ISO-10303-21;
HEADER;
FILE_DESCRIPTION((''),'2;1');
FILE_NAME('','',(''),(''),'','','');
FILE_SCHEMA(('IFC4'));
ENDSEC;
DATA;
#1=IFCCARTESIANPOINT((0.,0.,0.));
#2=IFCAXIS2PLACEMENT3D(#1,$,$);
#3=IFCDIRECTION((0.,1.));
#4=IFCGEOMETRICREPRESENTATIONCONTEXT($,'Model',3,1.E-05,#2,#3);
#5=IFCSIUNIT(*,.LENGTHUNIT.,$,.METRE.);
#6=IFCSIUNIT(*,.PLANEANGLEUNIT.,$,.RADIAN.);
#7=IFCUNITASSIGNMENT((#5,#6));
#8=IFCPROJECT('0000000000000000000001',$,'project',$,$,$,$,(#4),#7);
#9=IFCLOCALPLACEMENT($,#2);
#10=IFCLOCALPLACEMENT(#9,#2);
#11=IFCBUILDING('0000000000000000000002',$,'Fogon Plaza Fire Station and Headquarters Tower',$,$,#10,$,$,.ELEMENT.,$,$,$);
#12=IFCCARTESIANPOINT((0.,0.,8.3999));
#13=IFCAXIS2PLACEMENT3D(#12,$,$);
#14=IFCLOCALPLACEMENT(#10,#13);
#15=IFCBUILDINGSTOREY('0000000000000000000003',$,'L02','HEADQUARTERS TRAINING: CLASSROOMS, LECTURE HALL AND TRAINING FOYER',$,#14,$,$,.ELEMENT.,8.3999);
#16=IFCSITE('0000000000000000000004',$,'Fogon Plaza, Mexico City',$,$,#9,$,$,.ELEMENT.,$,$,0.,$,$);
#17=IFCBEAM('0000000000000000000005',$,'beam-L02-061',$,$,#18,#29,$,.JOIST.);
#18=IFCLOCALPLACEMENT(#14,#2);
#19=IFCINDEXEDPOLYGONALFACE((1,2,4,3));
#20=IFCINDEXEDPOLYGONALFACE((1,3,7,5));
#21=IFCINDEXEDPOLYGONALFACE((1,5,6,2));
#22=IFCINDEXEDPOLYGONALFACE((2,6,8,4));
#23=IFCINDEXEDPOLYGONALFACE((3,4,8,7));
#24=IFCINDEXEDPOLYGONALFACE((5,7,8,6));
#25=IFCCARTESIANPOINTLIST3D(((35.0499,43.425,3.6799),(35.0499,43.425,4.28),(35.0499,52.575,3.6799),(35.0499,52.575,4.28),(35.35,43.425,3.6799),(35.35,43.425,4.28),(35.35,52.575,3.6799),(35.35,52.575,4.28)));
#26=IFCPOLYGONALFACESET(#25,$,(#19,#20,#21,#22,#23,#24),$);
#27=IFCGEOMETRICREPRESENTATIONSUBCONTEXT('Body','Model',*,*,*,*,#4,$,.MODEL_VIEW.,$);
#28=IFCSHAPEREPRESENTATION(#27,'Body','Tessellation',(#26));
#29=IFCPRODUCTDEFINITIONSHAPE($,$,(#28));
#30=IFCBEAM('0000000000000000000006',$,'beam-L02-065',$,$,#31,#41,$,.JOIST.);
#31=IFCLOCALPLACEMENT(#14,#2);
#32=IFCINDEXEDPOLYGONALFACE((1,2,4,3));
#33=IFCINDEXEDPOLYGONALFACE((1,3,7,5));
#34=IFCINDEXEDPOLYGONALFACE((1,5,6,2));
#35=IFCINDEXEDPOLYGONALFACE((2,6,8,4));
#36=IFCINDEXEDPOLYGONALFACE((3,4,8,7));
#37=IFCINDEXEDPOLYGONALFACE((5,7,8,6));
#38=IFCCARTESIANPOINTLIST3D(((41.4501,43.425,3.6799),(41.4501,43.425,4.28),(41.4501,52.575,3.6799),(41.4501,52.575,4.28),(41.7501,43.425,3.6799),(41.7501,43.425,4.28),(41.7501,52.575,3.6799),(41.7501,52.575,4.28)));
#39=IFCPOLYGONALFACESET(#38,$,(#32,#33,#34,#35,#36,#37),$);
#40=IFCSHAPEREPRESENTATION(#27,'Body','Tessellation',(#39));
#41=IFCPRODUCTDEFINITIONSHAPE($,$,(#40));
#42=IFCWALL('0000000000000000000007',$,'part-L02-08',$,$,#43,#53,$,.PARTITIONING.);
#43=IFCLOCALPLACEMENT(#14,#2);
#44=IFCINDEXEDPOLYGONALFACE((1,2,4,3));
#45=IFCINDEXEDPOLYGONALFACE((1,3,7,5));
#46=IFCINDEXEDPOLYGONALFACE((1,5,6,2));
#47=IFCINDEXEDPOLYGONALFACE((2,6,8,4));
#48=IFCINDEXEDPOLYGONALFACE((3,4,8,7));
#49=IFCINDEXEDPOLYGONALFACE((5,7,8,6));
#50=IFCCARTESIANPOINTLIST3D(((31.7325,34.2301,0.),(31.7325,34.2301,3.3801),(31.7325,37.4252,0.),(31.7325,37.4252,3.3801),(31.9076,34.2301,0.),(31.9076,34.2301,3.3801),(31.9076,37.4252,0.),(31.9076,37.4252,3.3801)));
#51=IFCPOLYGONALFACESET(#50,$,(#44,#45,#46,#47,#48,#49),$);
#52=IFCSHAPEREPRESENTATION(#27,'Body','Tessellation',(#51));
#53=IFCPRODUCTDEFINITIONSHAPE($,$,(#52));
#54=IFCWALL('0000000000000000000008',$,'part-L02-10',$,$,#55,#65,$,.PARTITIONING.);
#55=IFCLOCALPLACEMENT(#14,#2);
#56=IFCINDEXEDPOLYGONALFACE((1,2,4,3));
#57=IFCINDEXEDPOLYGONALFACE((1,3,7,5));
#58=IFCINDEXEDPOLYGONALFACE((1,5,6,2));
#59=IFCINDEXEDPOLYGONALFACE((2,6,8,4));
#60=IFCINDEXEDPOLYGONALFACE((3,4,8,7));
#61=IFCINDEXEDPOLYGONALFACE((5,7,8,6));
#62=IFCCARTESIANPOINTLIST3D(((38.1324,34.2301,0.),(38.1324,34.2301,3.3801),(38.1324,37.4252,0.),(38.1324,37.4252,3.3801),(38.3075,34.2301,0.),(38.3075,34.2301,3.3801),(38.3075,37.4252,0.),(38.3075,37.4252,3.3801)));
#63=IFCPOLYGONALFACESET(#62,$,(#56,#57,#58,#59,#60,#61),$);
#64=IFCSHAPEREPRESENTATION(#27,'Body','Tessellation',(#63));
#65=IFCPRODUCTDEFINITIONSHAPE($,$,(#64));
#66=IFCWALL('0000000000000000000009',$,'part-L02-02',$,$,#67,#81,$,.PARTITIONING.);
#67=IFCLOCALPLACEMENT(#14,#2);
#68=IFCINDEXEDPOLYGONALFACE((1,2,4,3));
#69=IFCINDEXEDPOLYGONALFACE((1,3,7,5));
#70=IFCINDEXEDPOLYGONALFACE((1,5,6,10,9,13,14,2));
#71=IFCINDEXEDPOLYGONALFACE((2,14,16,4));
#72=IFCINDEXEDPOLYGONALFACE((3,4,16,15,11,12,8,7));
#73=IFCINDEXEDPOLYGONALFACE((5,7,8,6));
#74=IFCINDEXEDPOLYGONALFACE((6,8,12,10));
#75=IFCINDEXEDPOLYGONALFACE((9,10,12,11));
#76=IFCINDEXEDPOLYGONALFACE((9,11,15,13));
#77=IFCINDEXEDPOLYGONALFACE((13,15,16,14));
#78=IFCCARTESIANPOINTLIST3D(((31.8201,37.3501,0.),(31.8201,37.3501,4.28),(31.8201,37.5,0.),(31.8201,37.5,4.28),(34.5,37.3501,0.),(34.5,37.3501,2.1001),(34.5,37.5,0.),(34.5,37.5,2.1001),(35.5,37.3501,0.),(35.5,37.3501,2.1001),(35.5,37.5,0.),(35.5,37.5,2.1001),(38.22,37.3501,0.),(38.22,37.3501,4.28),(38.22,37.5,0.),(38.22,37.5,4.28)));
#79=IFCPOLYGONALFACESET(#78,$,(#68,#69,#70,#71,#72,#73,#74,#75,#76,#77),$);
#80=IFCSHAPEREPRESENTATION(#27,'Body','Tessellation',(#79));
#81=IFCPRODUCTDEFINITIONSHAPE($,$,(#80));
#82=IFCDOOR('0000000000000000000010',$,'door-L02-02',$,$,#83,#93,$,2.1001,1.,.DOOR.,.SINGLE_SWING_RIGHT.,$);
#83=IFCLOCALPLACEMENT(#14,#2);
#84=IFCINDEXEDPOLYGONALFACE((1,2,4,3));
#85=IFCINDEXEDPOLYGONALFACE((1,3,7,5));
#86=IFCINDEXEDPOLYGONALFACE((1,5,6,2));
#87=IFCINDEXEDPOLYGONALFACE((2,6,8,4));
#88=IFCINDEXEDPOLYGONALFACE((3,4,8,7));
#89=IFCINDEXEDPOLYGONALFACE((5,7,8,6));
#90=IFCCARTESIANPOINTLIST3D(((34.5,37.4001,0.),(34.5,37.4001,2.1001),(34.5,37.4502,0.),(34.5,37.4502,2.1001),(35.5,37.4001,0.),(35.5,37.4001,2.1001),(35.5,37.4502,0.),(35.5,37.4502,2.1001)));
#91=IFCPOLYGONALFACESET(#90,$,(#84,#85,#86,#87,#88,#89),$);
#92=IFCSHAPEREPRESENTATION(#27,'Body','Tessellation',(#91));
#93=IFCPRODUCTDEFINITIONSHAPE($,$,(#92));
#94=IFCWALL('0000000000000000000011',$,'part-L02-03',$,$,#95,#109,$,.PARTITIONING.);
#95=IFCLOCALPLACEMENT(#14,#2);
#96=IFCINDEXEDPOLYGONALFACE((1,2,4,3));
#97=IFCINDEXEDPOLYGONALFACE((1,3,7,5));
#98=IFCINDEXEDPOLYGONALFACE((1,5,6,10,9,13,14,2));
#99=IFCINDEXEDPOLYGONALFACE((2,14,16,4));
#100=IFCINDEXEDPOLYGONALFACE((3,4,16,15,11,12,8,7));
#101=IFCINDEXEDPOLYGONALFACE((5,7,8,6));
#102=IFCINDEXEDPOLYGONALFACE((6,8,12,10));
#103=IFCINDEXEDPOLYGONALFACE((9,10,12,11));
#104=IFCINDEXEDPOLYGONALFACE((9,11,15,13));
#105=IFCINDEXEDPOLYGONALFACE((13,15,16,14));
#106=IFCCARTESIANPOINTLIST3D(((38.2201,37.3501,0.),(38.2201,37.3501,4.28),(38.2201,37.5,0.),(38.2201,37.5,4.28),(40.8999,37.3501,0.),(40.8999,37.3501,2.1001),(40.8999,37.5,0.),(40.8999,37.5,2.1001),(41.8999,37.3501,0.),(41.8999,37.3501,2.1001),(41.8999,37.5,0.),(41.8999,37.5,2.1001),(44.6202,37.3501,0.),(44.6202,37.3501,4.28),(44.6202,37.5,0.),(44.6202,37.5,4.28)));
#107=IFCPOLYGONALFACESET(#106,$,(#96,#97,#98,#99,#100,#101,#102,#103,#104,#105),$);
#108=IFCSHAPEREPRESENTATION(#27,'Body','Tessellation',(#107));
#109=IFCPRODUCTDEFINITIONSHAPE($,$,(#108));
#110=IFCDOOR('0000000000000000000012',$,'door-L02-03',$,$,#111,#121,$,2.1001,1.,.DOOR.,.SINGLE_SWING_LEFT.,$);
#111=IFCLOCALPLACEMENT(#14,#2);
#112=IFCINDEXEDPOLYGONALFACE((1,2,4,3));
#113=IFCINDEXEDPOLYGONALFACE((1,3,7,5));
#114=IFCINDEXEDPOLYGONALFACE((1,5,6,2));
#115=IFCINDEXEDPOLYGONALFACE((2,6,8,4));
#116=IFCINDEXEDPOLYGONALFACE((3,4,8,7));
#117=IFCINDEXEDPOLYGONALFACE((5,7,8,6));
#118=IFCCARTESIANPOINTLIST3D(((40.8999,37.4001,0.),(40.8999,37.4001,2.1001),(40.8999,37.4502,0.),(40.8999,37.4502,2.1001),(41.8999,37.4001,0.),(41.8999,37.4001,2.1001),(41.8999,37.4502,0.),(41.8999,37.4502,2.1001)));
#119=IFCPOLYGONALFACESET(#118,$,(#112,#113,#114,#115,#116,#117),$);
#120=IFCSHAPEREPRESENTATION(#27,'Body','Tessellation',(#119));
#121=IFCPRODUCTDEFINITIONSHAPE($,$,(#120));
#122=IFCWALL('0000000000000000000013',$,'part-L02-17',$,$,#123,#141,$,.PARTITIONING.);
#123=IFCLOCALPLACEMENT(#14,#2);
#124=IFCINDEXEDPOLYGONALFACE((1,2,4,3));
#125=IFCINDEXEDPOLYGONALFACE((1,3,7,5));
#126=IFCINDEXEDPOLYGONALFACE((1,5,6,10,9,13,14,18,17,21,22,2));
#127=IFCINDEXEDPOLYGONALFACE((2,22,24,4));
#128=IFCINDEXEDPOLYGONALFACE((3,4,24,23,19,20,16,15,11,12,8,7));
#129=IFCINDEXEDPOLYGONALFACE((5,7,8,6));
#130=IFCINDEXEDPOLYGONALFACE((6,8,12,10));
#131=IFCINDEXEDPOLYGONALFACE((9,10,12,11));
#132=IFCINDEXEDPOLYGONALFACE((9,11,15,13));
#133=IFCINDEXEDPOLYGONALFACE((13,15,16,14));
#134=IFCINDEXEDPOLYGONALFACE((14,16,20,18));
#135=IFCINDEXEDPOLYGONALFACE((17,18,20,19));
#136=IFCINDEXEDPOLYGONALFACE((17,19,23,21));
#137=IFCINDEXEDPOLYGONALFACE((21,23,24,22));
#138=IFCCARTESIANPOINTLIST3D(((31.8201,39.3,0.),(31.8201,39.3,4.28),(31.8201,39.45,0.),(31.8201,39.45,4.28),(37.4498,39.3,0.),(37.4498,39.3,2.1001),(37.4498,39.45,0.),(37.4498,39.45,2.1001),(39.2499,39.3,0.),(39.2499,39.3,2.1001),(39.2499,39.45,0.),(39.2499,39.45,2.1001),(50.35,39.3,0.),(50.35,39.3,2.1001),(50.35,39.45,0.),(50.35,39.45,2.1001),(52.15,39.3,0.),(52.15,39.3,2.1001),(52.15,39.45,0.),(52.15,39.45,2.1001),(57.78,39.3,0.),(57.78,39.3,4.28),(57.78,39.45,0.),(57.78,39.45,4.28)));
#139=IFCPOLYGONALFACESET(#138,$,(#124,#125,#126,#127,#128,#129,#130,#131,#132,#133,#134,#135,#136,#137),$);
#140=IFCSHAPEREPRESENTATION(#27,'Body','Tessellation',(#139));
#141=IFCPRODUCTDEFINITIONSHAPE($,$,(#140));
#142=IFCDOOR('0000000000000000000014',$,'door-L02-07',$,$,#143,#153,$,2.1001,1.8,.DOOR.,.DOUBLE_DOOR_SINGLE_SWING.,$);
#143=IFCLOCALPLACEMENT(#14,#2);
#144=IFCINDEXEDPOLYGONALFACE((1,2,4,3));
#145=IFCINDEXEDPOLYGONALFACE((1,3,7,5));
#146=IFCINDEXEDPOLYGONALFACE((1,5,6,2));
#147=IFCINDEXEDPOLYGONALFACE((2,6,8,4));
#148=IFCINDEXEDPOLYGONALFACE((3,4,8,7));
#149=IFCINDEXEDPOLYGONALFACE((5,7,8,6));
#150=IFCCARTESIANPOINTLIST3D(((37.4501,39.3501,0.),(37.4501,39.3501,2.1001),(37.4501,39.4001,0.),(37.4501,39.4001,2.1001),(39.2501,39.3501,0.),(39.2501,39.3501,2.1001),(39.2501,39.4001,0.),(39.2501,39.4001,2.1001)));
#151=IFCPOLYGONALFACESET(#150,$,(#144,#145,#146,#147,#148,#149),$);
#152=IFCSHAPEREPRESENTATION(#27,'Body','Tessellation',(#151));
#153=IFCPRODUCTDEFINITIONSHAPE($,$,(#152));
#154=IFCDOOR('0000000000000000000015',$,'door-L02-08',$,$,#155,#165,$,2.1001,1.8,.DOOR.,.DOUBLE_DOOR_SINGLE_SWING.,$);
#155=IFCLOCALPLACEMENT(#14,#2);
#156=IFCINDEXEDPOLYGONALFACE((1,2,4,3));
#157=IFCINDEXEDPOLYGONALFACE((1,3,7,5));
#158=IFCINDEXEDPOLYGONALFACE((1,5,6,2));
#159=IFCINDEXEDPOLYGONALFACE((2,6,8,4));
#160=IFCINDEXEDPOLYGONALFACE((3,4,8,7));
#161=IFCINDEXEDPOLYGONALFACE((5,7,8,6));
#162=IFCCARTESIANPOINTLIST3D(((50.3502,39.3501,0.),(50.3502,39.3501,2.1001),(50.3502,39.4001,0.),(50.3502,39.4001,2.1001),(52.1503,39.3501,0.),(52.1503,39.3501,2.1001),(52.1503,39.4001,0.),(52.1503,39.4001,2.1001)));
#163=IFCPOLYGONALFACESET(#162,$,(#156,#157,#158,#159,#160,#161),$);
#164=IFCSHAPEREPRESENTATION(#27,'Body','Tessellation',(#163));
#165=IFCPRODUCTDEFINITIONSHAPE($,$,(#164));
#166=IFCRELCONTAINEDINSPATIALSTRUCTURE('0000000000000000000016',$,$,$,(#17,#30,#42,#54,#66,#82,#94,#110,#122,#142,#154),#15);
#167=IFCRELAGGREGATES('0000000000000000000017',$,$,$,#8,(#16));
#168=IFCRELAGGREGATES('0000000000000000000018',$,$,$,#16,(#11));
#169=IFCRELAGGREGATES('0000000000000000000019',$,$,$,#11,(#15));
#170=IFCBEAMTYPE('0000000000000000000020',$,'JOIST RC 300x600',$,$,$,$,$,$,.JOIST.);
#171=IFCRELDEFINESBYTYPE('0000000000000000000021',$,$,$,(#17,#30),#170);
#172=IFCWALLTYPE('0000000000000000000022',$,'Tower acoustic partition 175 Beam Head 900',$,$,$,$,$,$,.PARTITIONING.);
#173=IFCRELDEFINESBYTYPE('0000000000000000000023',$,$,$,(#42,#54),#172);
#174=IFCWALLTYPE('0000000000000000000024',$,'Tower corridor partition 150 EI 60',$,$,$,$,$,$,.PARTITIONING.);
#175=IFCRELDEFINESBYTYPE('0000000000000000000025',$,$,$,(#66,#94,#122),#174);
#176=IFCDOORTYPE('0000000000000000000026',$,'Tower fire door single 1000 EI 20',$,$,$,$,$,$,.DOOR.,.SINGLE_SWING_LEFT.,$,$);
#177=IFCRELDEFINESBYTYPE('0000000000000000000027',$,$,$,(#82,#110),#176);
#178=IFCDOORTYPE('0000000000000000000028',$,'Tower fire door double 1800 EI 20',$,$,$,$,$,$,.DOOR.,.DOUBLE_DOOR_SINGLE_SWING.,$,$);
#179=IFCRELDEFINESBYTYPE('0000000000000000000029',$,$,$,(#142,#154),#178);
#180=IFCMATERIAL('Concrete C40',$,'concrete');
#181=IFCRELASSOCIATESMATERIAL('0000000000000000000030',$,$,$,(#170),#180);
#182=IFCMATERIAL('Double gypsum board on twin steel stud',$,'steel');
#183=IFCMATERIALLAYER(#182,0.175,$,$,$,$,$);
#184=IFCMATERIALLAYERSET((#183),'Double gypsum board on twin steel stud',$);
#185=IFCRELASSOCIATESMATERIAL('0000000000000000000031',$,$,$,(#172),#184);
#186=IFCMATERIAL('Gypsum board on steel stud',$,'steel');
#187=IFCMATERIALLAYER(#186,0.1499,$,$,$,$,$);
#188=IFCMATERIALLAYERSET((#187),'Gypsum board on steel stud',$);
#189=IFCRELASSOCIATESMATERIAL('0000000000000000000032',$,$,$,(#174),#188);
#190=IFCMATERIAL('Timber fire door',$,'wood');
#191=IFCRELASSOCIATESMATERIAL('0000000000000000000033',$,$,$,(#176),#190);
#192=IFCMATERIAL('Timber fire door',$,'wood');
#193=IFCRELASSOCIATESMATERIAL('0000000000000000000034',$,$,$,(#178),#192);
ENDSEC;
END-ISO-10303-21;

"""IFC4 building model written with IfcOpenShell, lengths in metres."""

from ifc_helpers import new_model, si_unit, direction, frame, frame_2d, origin, origin_2d, place, context, subcontext, project, spatial, rectangle, extrude, material, layer, layer_set, material_profile, profile_set, type_object, element, fill, save


model = new_model("IFC4")

# Units and contexts
model_context = context("Model", 3, precision=1e-05, world=origin(), true_north=direction((0.0, 1.0)))
body_context = subcontext(model_context, "Body", "Model", "MODEL_VIEW")
ifc_project = project(units=[si_unit("LENGTHUNIT", "METRE"), si_unit("PLANEANGLEUNIT", "RADIAN")], contexts=[model_context])

# Site, building, storey
site_placement = place(None, origin())
site = spatial("IfcSite", under=ifc_project, at=site_placement, Name="Fogon Plaza, Mexico City", CompositionType="ELEMENT", RefElevation=0.0)
building_placement = place(site_placement, origin())
building = spatial("IfcBuilding", under=site, at=building_placement, Name="Fogon Plaza Fire Station and Headquarters Tower", CompositionType="ELEMENT")
storey_placement = place(building_placement, frame((0.0, 0.0, 8.3999)))
storey = spatial("IfcBuildingStorey", under=building, at=storey_placement, Name="L02", Description="HEADQUARTERS TRAINING: CLASSROOMS, LECTURE HALL AND TRAINING FOYER", CompositionType="ELEMENT", Elevation=8.3999)

# Beams
ifc_material_1 = material(Name="Concrete C40", Category="concrete")
ifc_material_profile_1 = material_profile(ifc_material_1, rectangle(XDim=0.3, YDim=0.6001, at=origin_2d()), Name="RC 300x600")
ifc_profile_set_1 = profile_set([ifc_material_profile_1], Name="Concrete C40")
beam_type_1 = type_object("IfcBeamType", Name="JOIST RC 300x600", PredefinedType="JOIST", material=ifc_profile_set_1)
for number, where, z_axis, x_axis, name in (
    (1, (35.2, 43.425, 3.98), (0.0, 1.0, 0.0), (-1.0, 0.0, 0.0), "beam-L02-061"),
    (2, (41.6001, 43.425, 3.98), (0.0, 1.0, 0.0), (-1.0, 0.0, 0.0), "beam-L02-065"),
):
    element("IfcBeam", number, at=place(storey_placement, frame(where, z_axis=z_axis, x_axis=x_axis)), inside=storey, type_object=beam_type_1, Name=name, PredefinedType="JOIST", context=body_context, shape_type="SweptSolid", body=[
        extrude(rectangle(XDim=0.3, YDim=0.6001, at=origin_2d()), origin(), (0.0, 0.0, 1.0), 9.1499),
    ])

# Walls
ifc_material_2 = material(Name="Double gypsum board on twin steel stud", Category="steel")
ifc_layer_1 = layer(ifc_material_2, 0.175)
ifc_layer_set_1 = layer_set([ifc_layer_1], Name="Double gypsum board on twin steel stud")
wall_type_1 = type_object("IfcWallType", Name="Tower acoustic partition 175 Beam Head 900", PredefinedType="PARTITIONING", material=ifc_layer_set_1)
for number, where, z_axis, x_axis, name in (
    (3, (31.8201, 34.23, 0.0), (0.0, 0.0, 1.0), (0.0, 1.0, 0.0), "part-L02-08"),
    (4, (38.22, 34.23, 0.0), (0.0, 0.0, 1.0), (0.0, 1.0, 0.0), "part-L02-10"),
):
    element("IfcWall", number, at=place(storey_placement, frame(where, z_axis=z_axis, x_axis=x_axis)), inside=storey, type_object=wall_type_1, Name=name, PredefinedType="PARTITIONING", context=body_context, shape_type="SweptSolid", body=[
        extrude(rectangle(XDim=3.1951, YDim=0.175, at=frame_2d((1.5977, 0.0))), origin(), (0.0, 0.0, 1.0), 3.3801),
    ])

# Walls, openings, doors
ifc_material_3 = material(Name="Gypsum board on steel stud", Category="steel")
ifc_layer_2 = layer(ifc_material_3, 0.1499)
ifc_layer_set_2 = layer_set([ifc_layer_2], Name="Gypsum board on steel stud")
wall_type_2 = type_object("IfcWallType", Name="Tower corridor partition 150 EI 60", PredefinedType="PARTITIONING", material=ifc_layer_set_2)
wall_1_placement = place(storey_placement, frame((31.8201, 37.425, 0.0), z_axis=(0.0, 0.0, 1.0), x_axis=(1.0, 0.0, 0.0)))
wall_1 = element("IfcWall", 5, at=wall_1_placement, inside=storey, type_object=wall_type_2, Name="part-L02-02", PredefinedType="PARTITIONING", context=body_context, shape_type="SweptSolid", body=[
    extrude(rectangle(XDim=6.3999, YDim=0.1499, at=frame_2d((3.2, 0.0))), origin(), (0.0, 0.0, 1.0), 4.28),
])
opening_1_placement = place(wall_1_placement, frame((2.6799, 0.0, 0.0)))
opening_1 = element("IfcOpeningElement", 6, at=opening_1_placement, cuts=wall_1, PredefinedType="OPENING", context=body_context, shape_type="SweptSolid", body=[
    extrude(rectangle(XDim=1.0, YDim=2.1001, at=frame_2d((0.5, 1.05))), frame((0.0, 0.085, 0.0), z_axis=(0.0, -1.0, 0.0), x_axis=(1.0, 0.0, 0.0)), (0.0, 0.0, 1.0), 0.1699),
])
ifc_material_4 = material(Name="Timber fire door", Category="wood")
door_type_1 = type_object("IfcDoorType", Name="Tower fire door single 1000 EI 20", OperationType="SINGLE_SWING_LEFT", PredefinedType="DOOR", material=ifc_material_4)
door_1_placement = place(opening_1_placement, frame((1.0, 0.0, 0.0), z_axis=(0.0, 0.0, 1.0), x_axis=(-1.0, 0.0, 0.0)))
door_1 = element("IfcDoor", 7, at=door_1_placement, inside=storey, type_object=door_type_1, Name="door-L02-02", OperationType="SINGLE_SWING_RIGHT", OverallHeight=2.1001, OverallWidth=1.0, PredefinedType="DOOR", context=body_context, shape_type="SweptSolid", body=[
    extrude(rectangle(XDim=1.0, YDim=2.1001, at=frame_2d((0.5, 1.05))), frame((0.0, 0.0249, 0.0), z_axis=(0.0, -1.0, 0.0), x_axis=(1.0, 0.0, 0.0)), (0.0, 0.0, 1.0), 0.05),
])
fill(opening_1, door_1)
wall_2_placement = place(storey_placement, frame((38.22, 37.425, 0.0), z_axis=(0.0, 0.0, 1.0), x_axis=(1.0, 0.0, 0.0)))
wall_2 = element("IfcWall", 8, at=wall_2_placement, inside=storey, type_object=wall_type_2, Name="part-L02-03", PredefinedType="PARTITIONING", context=body_context, shape_type="SweptSolid", body=[
    extrude(rectangle(XDim=6.4001, YDim=0.1499, at=frame_2d((3.2002, 0.0))), origin(), (0.0, 0.0, 1.0), 4.28),
])
opening_2_placement = place(wall_2_placement, frame((2.6799, 0.0, 0.0)))
opening_2 = element("IfcOpeningElement", 9, at=opening_2_placement, cuts=wall_2, PredefinedType="OPENING", context=body_context, shape_type="SweptSolid", body=[
    extrude(rectangle(XDim=1.0, YDim=2.1001, at=frame_2d((0.5, 1.05))), frame((0.0, 0.085, 0.0), z_axis=(0.0, -1.0, 0.0), x_axis=(1.0, 0.0, 0.0)), (0.0, 0.0, 1.0), 0.1699),
])
door_2_placement = place(opening_2_placement, frame((1.0, 0.0, 0.0), z_axis=(0.0, 0.0, 1.0), x_axis=(-1.0, 0.0, 0.0)))
door_2 = element("IfcDoor", 10, at=door_2_placement, inside=storey, type_object=door_type_1, Name="door-L02-03", OperationType="SINGLE_SWING_LEFT", OverallHeight=2.1001, OverallWidth=1.0, PredefinedType="DOOR", context=body_context, shape_type="SweptSolid", body=[
    extrude(rectangle(XDim=1.0, YDim=2.1001, at=frame_2d((0.5, 1.05))), frame((0.0, 0.0249, 0.0), z_axis=(0.0, -1.0, 0.0), x_axis=(1.0, 0.0, 0.0)), (0.0, 0.0, 1.0), 0.05),
])
fill(opening_2, door_2)

# Wall, openings, doors
wall_3_placement = place(storey_placement, frame((31.8201, 39.375, 0.0), z_axis=(0.0, 0.0, 1.0), x_axis=(1.0, 0.0, 0.0)))
wall_3 = element("IfcWall", 11, at=wall_3_placement, inside=storey, type_object=wall_type_2, Name="part-L02-17", PredefinedType="PARTITIONING", context=body_context, shape_type="SweptSolid", body=[
    extrude(rectangle(XDim=25.96, YDim=0.1499, at=frame_2d((12.98, 0.0))), origin(), (0.0, 0.0, 1.0), 4.28),
])
opening_3_placement = place(wall_3_placement, frame((5.6299, 0.0, 0.0)))
opening_3 = element("IfcOpeningElement", 12, at=opening_3_placement, cuts=wall_3, PredefinedType="OPENING", context=body_context, shape_type="SweptSolid", body=[
    extrude(rectangle(XDim=1.8, YDim=2.1001, at=frame_2d((0.8999, 1.05))), frame((0.0, 0.085, 0.0), z_axis=(0.0, -1.0, 0.0), x_axis=(1.0, 0.0, 0.0)), (0.0, 0.0, 1.0), 0.1699),
])
opening_4_placement = place(wall_3_placement, frame((18.53, 0.0, 0.0)))
opening_4 = element("IfcOpeningElement", 13, at=opening_4_placement, cuts=wall_3, PredefinedType="OPENING", context=body_context, shape_type="SweptSolid", body=[
    extrude(rectangle(XDim=1.8, YDim=2.1001, at=frame_2d((0.8999, 1.05))), frame((0.0, 0.085, 0.0), z_axis=(0.0, -1.0, 0.0), x_axis=(1.0, 0.0, 0.0)), (0.0, 0.0, 1.0), 0.1699),
])
ifc_material_5 = material(Name="Timber fire door", Category="wood")
door_type_2 = type_object("IfcDoorType", Name="Tower fire door double 1800 EI 20", OperationType="DOUBLE_DOOR_SINGLE_SWING", PredefinedType="DOOR", material=ifc_material_5)
door_3_placement = place(opening_3_placement, frame((1.8, 0.0, 0.0), z_axis=(0.0, 0.0, 1.0), x_axis=(-1.0, 0.0, 0.0)))
door_3 = element("IfcDoor", 14, at=door_3_placement, inside=storey, type_object=door_type_2, Name="door-L02-07", OperationType="DOUBLE_DOOR_SINGLE_SWING", OverallHeight=2.1001, OverallWidth=1.8, PredefinedType="DOOR", context=body_context, shape_type="SweptSolid", body=[
    extrude(rectangle(XDim=1.8, YDim=2.1001, at=frame_2d((0.8999, 1.05))), frame((0.0, 0.0249, 0.0), z_axis=(0.0, -1.0, 0.0), x_axis=(1.0, 0.0, 0.0)), (0.0, 0.0, 1.0), 0.05),
])
fill(opening_3, door_3)
door_4_placement = place(opening_4_placement, frame((1.8, 0.0, 0.0), z_axis=(0.0, 0.0, 1.0), x_axis=(-1.0, 0.0, 0.0)))
door_4 = element("IfcDoor", 15, at=door_4_placement, inside=storey, type_object=door_type_2, Name="door-L02-08", OperationType="DOUBLE_DOOR_SINGLE_SWING", OverallHeight=2.1001, OverallWidth=1.8, PredefinedType="DOOR", context=body_context, shape_type="SweptSolid", body=[
    extrude(rectangle(XDim=1.8, YDim=2.1001, at=frame_2d((0.8999, 1.05))), frame((0.0, 0.0249, 0.0), z_axis=(0.0, -1.0, 0.0), x_axis=(1.0, 0.0, 0.0)), (0.0, 0.0, 1.0), 0.05),
])
fill(opening_4, door_4)

save(model, "model.ifc")
